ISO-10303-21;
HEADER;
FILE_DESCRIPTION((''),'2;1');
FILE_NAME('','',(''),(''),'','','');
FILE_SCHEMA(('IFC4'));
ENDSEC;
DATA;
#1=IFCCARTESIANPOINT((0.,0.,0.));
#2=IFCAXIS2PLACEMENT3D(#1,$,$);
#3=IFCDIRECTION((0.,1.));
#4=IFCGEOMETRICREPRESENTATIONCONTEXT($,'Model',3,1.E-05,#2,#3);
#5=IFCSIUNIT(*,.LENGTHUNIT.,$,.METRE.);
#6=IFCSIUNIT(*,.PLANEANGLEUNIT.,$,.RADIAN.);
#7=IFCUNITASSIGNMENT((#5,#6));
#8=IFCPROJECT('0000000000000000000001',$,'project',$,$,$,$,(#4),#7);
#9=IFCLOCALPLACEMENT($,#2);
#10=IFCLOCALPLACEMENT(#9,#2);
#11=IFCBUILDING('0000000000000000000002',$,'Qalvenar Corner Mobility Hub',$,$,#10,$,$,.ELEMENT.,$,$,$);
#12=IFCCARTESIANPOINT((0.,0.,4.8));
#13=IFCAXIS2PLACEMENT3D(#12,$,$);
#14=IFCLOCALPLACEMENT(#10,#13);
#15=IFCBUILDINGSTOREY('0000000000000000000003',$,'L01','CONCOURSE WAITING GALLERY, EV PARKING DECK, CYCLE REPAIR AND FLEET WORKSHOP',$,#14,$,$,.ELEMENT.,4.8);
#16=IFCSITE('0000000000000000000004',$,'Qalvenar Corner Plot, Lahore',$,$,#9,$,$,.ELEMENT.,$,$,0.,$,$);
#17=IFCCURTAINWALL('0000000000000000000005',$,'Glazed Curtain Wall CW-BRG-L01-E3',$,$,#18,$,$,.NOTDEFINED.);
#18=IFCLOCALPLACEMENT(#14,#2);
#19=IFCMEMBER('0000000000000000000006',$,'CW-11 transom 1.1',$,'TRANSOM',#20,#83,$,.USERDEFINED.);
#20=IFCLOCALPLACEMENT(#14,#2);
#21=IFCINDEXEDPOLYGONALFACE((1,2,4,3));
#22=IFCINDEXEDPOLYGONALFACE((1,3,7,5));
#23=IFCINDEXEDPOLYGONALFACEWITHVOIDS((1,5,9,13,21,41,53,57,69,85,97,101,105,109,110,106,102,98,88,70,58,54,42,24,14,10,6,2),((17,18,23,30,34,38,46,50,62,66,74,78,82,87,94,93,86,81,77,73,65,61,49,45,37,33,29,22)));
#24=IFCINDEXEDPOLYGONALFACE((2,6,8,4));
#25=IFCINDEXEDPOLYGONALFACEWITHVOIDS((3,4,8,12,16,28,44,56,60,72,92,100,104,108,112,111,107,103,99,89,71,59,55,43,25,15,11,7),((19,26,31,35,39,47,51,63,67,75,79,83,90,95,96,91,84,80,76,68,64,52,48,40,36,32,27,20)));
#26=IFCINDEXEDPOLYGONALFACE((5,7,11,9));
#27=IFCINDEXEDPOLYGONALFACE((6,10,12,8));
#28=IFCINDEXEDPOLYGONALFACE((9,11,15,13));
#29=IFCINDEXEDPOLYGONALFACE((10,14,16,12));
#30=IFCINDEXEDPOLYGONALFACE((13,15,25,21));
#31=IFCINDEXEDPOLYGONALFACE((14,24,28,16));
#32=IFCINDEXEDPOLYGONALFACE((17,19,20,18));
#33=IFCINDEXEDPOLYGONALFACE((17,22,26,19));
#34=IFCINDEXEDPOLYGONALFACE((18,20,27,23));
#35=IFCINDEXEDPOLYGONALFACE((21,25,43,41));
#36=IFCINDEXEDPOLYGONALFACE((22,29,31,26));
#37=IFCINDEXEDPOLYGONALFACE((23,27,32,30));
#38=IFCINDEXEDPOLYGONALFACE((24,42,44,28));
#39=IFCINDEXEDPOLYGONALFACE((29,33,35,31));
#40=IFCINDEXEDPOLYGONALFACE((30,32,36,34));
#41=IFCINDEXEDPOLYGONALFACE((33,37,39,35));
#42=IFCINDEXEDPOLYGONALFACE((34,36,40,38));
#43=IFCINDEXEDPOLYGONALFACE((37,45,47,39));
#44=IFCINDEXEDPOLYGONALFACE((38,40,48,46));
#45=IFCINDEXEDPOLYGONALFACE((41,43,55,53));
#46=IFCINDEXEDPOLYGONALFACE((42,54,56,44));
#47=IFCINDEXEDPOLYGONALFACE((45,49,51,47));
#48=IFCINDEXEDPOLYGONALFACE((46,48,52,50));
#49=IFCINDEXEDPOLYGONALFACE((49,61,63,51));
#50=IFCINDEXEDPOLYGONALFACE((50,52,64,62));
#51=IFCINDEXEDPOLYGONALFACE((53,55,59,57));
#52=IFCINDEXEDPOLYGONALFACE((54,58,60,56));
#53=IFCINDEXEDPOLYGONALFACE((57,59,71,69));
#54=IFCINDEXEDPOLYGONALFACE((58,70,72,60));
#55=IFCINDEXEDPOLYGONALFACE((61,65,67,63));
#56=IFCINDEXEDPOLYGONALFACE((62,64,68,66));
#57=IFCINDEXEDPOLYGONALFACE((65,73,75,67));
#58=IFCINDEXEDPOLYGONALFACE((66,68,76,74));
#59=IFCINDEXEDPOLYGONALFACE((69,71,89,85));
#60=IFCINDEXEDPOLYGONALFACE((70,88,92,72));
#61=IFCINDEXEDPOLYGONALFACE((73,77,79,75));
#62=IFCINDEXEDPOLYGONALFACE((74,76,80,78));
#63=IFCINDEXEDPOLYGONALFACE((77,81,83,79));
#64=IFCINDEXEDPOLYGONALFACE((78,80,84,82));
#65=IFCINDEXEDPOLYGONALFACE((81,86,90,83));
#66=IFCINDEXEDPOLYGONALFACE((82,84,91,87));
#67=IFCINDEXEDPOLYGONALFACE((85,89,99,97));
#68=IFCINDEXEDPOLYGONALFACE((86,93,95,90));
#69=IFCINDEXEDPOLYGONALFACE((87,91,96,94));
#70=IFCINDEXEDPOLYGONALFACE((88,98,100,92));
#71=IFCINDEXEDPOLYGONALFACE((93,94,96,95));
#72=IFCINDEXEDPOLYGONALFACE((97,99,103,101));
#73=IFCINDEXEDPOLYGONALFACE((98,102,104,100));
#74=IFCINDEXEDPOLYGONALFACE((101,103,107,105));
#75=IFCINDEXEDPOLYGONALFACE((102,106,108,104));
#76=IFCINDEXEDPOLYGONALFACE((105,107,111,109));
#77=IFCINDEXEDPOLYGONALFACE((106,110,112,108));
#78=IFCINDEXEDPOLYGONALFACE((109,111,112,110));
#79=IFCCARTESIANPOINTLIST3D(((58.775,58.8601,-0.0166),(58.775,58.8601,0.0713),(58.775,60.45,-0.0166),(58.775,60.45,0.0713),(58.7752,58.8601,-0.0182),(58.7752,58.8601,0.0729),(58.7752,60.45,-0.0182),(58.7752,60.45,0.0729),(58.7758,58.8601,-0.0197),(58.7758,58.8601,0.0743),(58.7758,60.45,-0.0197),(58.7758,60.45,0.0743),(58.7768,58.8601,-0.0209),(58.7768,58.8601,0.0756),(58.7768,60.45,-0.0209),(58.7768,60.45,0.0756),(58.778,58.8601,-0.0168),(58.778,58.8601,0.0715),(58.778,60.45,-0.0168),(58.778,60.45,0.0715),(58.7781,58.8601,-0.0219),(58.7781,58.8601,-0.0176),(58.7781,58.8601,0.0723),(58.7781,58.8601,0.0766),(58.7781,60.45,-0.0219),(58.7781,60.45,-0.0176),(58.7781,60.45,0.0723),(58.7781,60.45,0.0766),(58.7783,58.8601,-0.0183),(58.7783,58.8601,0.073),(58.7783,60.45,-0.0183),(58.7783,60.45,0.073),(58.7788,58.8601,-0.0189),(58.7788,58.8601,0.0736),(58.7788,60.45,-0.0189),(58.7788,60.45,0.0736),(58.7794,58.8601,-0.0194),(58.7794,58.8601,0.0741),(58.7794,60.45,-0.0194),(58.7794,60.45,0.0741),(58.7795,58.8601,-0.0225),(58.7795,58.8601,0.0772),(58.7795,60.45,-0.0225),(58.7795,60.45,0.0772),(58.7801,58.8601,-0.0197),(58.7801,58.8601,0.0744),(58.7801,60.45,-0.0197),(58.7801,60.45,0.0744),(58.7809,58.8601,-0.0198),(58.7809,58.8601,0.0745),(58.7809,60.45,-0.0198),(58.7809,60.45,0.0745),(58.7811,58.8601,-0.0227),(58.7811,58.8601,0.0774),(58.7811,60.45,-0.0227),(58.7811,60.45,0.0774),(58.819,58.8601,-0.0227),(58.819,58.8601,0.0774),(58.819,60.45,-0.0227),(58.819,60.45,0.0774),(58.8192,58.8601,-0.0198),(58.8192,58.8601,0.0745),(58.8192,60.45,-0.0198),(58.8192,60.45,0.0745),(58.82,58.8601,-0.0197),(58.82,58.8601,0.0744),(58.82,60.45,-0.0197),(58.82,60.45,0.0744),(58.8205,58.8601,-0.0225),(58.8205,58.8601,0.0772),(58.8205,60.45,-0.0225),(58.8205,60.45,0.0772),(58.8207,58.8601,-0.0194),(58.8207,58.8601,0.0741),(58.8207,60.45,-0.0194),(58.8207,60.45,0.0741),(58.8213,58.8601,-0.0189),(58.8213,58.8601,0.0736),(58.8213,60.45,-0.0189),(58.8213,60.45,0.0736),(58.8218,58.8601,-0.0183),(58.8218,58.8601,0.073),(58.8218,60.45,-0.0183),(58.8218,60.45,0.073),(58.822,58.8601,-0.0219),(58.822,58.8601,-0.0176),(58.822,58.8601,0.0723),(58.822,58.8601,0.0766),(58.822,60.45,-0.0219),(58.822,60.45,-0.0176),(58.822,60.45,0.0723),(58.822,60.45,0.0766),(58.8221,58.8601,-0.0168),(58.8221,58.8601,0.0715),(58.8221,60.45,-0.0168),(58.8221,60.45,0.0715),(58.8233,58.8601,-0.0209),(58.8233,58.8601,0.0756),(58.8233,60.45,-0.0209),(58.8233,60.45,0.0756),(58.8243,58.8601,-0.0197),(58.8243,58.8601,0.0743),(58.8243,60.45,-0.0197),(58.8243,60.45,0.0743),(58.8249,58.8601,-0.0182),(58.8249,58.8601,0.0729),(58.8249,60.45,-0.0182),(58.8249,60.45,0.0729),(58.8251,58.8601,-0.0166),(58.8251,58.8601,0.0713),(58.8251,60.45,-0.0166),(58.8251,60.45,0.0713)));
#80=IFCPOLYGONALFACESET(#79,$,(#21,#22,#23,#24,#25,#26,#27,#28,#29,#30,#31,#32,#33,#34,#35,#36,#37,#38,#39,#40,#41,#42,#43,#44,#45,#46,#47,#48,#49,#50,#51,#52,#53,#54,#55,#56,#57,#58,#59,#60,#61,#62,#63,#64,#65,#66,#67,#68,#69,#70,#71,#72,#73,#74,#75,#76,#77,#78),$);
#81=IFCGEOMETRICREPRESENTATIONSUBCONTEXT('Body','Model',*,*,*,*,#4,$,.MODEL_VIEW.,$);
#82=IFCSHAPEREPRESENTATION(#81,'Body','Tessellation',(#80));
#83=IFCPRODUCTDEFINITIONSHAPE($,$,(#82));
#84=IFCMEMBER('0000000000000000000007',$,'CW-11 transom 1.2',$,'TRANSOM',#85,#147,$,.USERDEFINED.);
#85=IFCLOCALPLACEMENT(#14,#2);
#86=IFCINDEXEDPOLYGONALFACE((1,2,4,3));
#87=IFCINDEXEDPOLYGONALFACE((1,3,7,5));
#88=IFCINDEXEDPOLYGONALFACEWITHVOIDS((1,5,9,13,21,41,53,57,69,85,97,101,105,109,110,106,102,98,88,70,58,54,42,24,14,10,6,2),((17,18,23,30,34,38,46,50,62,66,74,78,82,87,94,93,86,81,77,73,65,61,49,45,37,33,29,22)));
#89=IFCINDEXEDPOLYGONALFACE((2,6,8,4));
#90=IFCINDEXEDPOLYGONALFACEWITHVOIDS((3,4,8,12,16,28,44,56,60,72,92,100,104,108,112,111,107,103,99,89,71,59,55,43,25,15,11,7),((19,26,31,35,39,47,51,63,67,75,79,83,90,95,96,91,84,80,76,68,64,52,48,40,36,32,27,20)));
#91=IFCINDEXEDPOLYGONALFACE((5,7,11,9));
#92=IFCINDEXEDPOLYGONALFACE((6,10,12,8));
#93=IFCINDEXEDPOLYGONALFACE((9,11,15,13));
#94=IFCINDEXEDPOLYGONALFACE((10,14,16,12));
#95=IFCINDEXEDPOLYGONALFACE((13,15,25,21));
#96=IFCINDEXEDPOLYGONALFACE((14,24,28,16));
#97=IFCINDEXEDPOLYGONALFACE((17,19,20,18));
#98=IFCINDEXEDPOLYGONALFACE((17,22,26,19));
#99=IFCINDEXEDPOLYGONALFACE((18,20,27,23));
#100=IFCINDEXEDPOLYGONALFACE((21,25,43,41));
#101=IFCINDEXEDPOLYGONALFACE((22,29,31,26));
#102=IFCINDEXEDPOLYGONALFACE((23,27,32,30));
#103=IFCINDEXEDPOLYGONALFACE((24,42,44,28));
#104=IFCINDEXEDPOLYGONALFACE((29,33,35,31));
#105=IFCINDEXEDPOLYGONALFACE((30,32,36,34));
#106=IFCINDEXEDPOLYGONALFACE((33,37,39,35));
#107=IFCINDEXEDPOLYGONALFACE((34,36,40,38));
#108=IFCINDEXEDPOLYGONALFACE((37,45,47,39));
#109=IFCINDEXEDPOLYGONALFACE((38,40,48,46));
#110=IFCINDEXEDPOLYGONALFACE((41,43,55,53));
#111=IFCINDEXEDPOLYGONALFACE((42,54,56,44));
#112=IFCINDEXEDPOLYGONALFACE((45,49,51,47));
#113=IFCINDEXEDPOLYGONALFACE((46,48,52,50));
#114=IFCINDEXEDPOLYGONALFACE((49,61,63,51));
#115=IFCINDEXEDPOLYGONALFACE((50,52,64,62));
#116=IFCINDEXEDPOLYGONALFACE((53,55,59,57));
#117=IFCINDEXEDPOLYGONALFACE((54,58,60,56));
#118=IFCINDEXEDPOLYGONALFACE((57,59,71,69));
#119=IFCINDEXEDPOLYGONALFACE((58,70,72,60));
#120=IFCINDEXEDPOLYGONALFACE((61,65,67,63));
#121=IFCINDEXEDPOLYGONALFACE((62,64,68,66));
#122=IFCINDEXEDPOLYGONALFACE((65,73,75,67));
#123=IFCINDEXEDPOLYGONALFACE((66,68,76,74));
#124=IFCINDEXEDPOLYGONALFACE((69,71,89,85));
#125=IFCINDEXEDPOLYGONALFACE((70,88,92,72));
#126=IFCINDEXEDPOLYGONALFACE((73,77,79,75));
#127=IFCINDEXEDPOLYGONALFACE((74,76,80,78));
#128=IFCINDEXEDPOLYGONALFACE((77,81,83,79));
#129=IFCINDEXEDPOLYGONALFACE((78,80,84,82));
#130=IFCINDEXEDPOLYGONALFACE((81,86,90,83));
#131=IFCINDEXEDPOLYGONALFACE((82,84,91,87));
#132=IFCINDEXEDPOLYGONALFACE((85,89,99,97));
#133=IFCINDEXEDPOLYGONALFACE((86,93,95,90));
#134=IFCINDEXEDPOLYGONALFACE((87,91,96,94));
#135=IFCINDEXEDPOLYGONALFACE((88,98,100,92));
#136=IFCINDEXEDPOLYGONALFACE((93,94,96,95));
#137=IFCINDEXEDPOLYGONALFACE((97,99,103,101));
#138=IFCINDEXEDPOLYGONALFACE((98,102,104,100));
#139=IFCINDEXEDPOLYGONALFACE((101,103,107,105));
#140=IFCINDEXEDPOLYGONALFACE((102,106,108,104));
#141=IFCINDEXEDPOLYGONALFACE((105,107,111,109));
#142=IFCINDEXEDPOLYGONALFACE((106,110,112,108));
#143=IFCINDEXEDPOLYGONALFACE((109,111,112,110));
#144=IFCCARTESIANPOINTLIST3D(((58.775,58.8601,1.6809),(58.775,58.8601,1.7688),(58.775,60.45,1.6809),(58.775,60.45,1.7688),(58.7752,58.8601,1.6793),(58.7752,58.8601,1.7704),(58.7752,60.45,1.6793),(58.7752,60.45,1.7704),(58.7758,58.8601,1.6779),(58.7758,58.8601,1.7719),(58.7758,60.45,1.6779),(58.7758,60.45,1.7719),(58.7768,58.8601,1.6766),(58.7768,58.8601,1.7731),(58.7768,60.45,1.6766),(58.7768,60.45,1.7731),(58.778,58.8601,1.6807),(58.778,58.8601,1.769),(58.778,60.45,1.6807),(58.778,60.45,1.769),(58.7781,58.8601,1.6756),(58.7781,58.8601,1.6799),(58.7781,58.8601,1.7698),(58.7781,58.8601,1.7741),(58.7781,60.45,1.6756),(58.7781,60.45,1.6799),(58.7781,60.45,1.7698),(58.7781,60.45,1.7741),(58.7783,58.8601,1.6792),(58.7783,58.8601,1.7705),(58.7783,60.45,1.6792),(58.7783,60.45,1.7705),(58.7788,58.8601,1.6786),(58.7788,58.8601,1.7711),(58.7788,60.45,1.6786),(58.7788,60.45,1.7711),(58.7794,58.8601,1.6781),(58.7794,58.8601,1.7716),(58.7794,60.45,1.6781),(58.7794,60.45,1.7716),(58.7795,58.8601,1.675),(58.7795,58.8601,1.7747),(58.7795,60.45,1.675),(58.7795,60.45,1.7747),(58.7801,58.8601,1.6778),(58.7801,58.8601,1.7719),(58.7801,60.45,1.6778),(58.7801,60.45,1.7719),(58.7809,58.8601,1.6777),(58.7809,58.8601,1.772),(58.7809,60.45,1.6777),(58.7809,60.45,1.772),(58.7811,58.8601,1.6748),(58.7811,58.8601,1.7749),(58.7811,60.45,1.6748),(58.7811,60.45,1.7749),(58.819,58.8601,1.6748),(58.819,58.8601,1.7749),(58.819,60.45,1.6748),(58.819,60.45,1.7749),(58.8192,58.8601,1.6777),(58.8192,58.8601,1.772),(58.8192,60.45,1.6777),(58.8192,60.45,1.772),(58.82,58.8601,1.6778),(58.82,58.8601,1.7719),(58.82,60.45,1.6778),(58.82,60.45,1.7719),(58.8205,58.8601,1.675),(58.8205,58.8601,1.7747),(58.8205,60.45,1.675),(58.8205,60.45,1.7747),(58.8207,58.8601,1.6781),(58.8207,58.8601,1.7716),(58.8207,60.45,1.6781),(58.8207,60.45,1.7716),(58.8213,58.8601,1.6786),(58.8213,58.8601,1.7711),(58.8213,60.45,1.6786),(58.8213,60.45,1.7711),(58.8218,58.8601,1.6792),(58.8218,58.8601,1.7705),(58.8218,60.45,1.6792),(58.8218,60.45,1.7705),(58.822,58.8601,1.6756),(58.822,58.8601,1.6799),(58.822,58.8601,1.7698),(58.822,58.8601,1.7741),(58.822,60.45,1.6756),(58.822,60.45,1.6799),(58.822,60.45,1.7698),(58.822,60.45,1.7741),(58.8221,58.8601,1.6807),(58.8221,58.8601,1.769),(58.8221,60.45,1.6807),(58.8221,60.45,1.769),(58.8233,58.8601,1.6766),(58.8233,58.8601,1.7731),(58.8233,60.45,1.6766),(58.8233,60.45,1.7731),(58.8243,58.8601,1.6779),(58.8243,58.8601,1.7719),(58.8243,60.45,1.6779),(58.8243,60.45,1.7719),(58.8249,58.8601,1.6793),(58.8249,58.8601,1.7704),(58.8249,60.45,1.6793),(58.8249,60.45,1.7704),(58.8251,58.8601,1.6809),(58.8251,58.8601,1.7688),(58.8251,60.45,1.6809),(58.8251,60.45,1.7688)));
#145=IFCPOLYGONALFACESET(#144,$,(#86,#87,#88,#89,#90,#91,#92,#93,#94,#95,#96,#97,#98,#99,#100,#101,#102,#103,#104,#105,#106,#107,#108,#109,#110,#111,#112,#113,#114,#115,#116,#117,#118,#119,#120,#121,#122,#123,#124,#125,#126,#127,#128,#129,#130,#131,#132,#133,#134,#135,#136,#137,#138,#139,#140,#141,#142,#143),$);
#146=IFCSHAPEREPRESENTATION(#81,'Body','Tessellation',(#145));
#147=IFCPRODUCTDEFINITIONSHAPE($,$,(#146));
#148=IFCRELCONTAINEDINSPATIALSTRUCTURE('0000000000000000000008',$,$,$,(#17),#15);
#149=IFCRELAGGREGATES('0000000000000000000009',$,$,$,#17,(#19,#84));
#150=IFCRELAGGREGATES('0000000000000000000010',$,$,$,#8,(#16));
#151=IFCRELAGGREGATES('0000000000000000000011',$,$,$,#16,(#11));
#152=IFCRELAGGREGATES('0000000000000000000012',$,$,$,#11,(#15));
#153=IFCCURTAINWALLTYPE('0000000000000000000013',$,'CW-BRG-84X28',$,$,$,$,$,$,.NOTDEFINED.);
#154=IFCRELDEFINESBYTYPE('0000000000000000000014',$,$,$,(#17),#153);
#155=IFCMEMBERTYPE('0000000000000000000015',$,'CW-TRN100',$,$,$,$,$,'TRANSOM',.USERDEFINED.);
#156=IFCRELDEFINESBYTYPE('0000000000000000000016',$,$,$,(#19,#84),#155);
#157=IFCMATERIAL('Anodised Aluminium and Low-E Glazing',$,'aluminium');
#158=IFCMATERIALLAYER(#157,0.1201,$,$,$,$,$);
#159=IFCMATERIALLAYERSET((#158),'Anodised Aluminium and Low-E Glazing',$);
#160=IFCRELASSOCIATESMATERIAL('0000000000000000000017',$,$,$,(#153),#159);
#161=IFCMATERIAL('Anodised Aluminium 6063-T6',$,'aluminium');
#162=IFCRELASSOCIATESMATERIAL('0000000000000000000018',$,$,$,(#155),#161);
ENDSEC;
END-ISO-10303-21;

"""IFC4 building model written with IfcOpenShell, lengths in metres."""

from ifc_helpers import new_model, si_unit, direction, frame, origin, origin_2d, place, context, subcontext, project, spatial, hollow_rectangle, extrude, material, layer, layer_set, material_profile, profile_set, type_object, element, aggregate, save


model = new_model("IFC4")

# Units and contexts
model_context = context("Model", 3, precision=1e-05, world=origin(), true_north=direction((0.0, 1.0)))
body_context = subcontext(model_context, "Body", "Model", "MODEL_VIEW")
ifc_project = project(units=[si_unit("LENGTHUNIT", "METRE"), si_unit("PLANEANGLEUNIT", "RADIAN")], contexts=[model_context])

# Site, building, storey
site_placement = place(None, origin())
site = spatial("IfcSite", under=ifc_project, at=site_placement, Name="Qalvenar Corner Plot, Lahore", CompositionType="ELEMENT", RefElevation=0.0)
building_placement = place(site_placement, origin())
building = spatial("IfcBuilding", under=site, at=building_placement, Name="Qalvenar Corner Mobility Hub", CompositionType="ELEMENT")
storey_placement = place(building_placement, frame((0.0, 0.0, 4.8)))
storey = spatial("IfcBuildingStorey", under=building, at=storey_placement, Name="L01", Description="CONCOURSE WAITING GALLERY, EV PARKING DECK, CYCLE REPAIR AND FLEET WORKSHOP", CompositionType="ELEMENT", Elevation=4.8)

# Shared definitions
ifc_material_1 = material(Name="Anodised Aluminium and Low-E Glazing", Category="aluminium")
ifc_layer_1 = layer(ifc_material_1, 0.1201)
ifc_layer_set_1 = layer_set([ifc_layer_1], Name="Anodised Aluminium and Low-E Glazing")
curtain_wall_type = type_object("IfcCurtainWallType", Name="CW-BRG-84X28", PredefinedType="NOTDEFINED", material=ifc_layer_set_1)
ifc_material_2 = material(Name="Anodised Aluminium 6063-T6", Category="aluminium")

# Curtain wall, members
curtain_wall_1_placement = place(storey_placement, origin())
curtain_wall_1 = element("IfcCurtainWall", 1, at=curtain_wall_1_placement, inside=storey, type_object=curtain_wall_type, Name="Glazed Curtain Wall CW-BRG-L01-E3", PredefinedType="NOTDEFINED")
ifc_material_profile_1 = material_profile(ifc_material_2, hollow_rectangle(XDim=0.05, YDim=0.1001, WallThickness=0.0029, InnerFilletRadius=0.0029, OuterFilletRadius=0.0061, at=origin_2d()), Name="RHS100x50x3")
ifc_profile_set_1 = profile_set([ifc_material_profile_1], Name="Anodised Aluminium 6063-T6")
member_type_1 = type_object("IfcMemberType", Name="CW-TRN100", ElementType="TRANSOM", PredefinedType="USERDEFINED", material=ifc_profile_set_1)
member_1_placement = place(storey_placement, frame((58.8, 58.8601, 0.0273), z_axis=(0.0, 1.0, 0.0), x_axis=(-1.0, 0.0, 0.0)))
member_1 = element("IfcMember", 2, at=member_1_placement, type_object=member_type_1, Name="CW-11 transom 1.1", ObjectType="TRANSOM", PredefinedType="USERDEFINED", context=body_context, shape_type="SweptSolid", body=[
    extrude(hollow_rectangle(XDim=0.05, YDim=0.1001, WallThickness=0.0029, InnerFilletRadius=0.0029, OuterFilletRadius=0.0061, at=origin_2d()), origin(), (0.0, 0.0, 1.0), 1.5898),
])
member_2_placement = place(storey_placement, frame((58.8, 58.8601, 1.7249), z_axis=(0.0, 1.0, 0.0), x_axis=(-1.0, 0.0, 0.0)))
member_2 = element("IfcMember", 3, at=member_2_placement, type_object=member_type_1, Name="CW-11 transom 1.2", ObjectType="TRANSOM", PredefinedType="USERDEFINED", context=body_context, shape_type="SweptSolid", body=[
    extrude(hollow_rectangle(XDim=0.05, YDim=0.1001, WallThickness=0.0029, InnerFilletRadius=0.0029, OuterFilletRadius=0.0061, at=origin_2d()), origin(), (0.0, 0.0, 1.0), 1.5898),
])

aggregate(curtain_wall_1, [member_1, member_2])

save(model, "model.ifc")
